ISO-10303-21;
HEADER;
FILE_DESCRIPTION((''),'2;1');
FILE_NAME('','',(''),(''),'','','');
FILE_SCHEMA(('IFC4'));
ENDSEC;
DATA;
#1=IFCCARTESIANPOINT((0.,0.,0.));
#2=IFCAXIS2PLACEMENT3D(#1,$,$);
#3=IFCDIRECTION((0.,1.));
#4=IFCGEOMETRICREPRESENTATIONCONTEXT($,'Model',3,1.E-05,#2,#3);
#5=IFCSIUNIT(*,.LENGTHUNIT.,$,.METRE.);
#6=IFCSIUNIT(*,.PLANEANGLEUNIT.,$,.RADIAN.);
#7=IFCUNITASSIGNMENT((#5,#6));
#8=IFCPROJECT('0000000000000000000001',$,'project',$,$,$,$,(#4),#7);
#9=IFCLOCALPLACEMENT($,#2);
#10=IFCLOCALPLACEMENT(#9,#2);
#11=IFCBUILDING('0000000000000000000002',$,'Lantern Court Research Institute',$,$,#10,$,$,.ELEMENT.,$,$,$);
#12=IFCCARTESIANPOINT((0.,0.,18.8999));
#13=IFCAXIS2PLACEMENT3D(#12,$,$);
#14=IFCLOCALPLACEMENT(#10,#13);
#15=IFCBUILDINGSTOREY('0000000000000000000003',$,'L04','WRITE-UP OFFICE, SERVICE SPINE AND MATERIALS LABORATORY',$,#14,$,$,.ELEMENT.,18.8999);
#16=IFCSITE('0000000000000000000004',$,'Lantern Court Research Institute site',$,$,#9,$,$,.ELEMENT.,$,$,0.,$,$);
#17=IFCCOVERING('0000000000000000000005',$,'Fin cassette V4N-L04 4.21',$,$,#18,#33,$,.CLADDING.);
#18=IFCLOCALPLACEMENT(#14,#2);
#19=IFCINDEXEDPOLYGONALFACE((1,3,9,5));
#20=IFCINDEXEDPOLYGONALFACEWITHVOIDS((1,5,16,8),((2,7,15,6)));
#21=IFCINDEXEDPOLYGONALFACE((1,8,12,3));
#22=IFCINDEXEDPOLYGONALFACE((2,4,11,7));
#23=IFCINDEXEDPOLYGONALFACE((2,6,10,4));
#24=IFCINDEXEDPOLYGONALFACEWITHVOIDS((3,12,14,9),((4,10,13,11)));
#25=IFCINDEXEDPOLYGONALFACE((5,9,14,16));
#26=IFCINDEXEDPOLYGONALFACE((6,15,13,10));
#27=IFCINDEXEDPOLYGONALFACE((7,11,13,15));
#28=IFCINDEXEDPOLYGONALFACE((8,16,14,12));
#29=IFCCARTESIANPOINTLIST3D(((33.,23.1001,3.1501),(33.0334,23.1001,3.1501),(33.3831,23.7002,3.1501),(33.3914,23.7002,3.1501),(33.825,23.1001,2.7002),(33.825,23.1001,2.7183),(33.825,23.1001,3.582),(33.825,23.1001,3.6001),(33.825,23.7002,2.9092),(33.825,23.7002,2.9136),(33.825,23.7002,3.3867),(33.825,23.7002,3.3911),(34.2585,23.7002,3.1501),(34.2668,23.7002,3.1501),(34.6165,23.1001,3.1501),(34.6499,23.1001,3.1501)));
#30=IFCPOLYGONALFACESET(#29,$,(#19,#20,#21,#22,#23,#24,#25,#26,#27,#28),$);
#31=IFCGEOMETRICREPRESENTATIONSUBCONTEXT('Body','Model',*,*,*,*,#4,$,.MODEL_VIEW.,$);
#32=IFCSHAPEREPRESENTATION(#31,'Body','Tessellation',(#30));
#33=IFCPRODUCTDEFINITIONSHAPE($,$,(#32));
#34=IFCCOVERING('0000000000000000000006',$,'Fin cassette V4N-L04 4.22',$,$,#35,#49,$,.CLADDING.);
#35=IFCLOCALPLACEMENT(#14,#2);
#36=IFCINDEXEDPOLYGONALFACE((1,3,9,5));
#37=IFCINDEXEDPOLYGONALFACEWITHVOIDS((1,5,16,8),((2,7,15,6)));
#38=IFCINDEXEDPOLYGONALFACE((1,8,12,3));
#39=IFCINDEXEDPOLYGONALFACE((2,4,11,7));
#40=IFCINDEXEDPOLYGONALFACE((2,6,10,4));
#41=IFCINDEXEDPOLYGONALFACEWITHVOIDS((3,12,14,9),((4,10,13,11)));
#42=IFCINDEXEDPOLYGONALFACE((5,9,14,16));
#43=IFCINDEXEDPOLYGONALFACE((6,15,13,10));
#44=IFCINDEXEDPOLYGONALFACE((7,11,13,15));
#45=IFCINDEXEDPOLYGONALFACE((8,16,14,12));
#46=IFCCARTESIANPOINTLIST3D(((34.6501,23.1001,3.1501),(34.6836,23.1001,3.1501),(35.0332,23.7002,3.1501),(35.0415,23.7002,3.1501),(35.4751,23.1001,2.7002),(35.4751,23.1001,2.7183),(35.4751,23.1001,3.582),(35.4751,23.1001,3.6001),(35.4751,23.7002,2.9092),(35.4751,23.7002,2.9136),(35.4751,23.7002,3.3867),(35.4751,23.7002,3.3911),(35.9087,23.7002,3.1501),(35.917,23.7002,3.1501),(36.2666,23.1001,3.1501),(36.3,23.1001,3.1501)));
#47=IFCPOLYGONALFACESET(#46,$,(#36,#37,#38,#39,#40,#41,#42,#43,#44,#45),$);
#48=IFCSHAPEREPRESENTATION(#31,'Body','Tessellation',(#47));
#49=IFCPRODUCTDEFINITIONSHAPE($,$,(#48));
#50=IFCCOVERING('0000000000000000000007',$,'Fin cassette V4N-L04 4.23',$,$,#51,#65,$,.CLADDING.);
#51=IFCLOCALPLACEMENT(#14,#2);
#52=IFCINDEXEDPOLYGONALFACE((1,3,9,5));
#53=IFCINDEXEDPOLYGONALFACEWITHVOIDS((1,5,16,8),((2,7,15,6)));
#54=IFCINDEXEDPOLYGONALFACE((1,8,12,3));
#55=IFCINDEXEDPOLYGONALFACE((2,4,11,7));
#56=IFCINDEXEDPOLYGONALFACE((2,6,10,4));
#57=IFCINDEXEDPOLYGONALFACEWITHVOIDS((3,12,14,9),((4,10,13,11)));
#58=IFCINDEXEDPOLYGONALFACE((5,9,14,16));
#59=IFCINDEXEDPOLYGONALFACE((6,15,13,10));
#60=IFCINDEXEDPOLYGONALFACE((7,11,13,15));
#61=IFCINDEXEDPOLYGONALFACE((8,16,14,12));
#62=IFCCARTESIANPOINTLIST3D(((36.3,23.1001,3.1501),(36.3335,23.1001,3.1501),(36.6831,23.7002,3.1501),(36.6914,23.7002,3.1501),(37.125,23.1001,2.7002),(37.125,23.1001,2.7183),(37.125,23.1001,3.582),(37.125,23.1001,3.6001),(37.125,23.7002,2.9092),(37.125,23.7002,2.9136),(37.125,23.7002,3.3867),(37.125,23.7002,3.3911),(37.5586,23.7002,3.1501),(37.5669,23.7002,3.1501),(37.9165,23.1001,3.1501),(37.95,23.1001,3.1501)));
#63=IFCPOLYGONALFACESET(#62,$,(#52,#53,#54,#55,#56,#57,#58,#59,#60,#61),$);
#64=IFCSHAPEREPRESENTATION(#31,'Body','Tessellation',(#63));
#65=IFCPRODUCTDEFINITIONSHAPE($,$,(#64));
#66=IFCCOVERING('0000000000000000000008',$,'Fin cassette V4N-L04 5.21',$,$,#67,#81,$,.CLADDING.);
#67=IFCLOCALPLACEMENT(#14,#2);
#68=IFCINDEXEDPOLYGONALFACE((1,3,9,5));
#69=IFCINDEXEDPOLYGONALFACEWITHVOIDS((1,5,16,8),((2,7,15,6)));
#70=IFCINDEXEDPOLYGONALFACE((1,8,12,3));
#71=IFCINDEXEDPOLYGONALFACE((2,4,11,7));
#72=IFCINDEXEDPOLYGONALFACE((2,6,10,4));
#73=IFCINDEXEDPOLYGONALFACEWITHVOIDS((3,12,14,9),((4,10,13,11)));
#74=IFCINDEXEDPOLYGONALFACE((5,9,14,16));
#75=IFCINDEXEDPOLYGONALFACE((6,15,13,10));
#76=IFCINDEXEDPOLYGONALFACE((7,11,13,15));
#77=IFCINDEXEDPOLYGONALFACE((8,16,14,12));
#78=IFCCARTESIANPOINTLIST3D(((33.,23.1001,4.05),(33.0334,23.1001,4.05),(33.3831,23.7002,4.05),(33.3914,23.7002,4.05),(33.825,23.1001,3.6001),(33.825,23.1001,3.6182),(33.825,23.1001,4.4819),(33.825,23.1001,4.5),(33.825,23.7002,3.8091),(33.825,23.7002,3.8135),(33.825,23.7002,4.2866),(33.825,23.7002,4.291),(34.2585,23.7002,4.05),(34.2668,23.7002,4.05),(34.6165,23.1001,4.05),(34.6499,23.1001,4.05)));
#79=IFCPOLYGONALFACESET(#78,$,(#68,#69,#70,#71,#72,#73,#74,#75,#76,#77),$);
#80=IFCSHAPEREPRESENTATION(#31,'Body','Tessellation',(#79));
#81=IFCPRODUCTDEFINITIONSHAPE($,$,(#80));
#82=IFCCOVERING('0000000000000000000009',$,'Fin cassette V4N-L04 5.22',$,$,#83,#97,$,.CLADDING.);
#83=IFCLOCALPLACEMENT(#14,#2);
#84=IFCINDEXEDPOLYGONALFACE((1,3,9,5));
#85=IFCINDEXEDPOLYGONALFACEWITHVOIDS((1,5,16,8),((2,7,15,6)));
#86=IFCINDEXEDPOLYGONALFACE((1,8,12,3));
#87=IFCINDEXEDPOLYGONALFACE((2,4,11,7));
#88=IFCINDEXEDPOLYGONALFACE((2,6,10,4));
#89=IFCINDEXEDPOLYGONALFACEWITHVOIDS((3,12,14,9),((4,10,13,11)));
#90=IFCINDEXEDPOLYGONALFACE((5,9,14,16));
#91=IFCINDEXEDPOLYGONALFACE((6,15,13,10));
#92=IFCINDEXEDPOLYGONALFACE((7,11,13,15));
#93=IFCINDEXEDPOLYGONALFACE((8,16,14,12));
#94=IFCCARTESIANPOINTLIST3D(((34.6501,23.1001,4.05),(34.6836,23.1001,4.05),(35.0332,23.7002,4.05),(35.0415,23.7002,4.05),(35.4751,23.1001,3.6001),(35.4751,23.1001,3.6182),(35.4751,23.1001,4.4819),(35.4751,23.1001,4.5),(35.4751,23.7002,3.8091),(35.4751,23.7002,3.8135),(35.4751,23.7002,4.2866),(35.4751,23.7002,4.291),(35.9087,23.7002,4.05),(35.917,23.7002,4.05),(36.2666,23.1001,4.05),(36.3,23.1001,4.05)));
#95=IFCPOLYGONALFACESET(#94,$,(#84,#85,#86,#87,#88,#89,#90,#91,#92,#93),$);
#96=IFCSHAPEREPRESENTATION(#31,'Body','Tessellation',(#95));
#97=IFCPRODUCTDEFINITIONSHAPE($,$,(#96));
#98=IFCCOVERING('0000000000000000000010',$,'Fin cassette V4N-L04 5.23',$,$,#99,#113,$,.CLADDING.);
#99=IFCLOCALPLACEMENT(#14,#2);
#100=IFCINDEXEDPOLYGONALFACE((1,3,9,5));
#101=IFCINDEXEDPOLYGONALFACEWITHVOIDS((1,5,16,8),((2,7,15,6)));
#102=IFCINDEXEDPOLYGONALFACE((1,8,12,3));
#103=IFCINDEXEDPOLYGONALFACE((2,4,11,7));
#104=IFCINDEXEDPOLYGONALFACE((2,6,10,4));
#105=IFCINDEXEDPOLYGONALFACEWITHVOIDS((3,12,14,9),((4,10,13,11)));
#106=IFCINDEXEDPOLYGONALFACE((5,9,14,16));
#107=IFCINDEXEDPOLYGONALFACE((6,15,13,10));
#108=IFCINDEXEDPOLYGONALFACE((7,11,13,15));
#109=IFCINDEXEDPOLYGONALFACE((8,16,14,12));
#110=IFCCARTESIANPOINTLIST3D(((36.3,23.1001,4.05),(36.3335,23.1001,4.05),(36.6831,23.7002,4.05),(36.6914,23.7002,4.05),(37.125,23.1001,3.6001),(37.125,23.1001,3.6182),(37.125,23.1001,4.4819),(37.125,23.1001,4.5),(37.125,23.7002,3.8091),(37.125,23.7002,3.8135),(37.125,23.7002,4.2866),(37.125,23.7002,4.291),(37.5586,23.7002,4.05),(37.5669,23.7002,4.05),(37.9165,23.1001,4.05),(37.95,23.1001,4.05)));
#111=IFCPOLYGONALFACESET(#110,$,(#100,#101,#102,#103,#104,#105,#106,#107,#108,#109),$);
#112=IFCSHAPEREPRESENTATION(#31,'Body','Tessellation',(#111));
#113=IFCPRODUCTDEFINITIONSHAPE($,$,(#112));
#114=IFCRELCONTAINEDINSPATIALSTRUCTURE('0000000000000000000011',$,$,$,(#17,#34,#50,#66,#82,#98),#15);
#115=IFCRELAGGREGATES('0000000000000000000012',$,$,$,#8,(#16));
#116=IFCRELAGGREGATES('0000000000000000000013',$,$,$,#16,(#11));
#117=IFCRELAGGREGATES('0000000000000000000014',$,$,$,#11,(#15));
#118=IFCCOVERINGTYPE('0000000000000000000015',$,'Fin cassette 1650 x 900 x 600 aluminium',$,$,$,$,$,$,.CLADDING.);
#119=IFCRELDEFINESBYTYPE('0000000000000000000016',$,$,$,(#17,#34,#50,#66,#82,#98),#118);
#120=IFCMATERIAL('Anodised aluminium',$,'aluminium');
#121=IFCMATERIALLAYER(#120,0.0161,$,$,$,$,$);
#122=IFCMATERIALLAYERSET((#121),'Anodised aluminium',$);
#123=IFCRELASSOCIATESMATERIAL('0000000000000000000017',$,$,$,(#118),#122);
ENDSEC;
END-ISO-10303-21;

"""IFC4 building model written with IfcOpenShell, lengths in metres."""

from ifc_helpers import new_model, entity, si_unit, direction, frame, origin, place, context, subcontext, project, spatial, material, layer, layer_set, type_object, element, save


model = new_model("IFC4")

# Units and contexts
model_context = context("Model", 3, precision=1e-05, world=origin(), true_north=direction((0.0, 1.0)))
body_context = subcontext(model_context, "Body", "Model", "MODEL_VIEW")
ifc_project = project(units=[si_unit("LENGTHUNIT", "METRE"), si_unit("PLANEANGLEUNIT", "RADIAN")], contexts=[model_context])

# Site, building, storey
site_placement = place(None, origin())
site = spatial("IfcSite", under=ifc_project, at=site_placement, Name="Lantern Court Research Institute site", CompositionType="ELEMENT", RefElevation=0.0)
building_placement = place(site_placement, origin())
building = spatial("IfcBuilding", under=site, at=building_placement, Name="Lantern Court Research Institute", CompositionType="ELEMENT")
storey_placement = place(building_placement, frame((0.0, 0.0, 18.8999)))
storey = spatial("IfcBuildingStorey", under=building, at=storey_placement, Name="L04", Description="WRITE-UP OFFICE, SERVICE SPINE AND MATERIALS LABORATORY", CompositionType="ELEMENT", Elevation=18.8999)

# Coverings
ifc_material_1 = material(Name="Anodised aluminium", Category="aluminium")
ifc_layer_1 = layer(ifc_material_1, 0.0161)
ifc_layer_set_1 = layer_set([ifc_layer_1], Name="Anodised aluminium")
covering_type = type_object("IfcCoveringType", Name="Fin cassette 1650 x 900 x 600 aluminium", PredefinedType="CLADDING", material=ifc_layer_set_1)
covering_1_placement = place(storey_placement, frame((33.825, 23.1001, 3.1501), z_axis=(0.0, 1.0, 0.0), x_axis=(-1.0, 0.0, 0.0)))
cartesian_point_1 = entity("IfcCartesianPoint", [0.825, 0.0])
cartesian_point_2 = entity("IfcCartesianPoint", [0.7915, 0.0])
cartesian_point_3 = entity("IfcCartesianPoint", [0.4419, 0.0])
cartesian_point_4 = entity("IfcCartesianPoint", [0.4336, 0.0])
element("IfcCovering", 1, at=covering_1_placement, inside=storey, type_object=covering_type, Name="Fin cassette V4N-L04 4.21", PredefinedType="CLADDING", context=body_context, shape_type="SweptSolid", body=[
    entity("IfcExtrudedAreaSolidTapered", entity("IfcArbitraryProfileDefWithVoids", "AREA", None, entity("IfcPolyline", [cartesian_point_1, entity("IfcCartesianPoint", [0.0, 0.45]), entity("IfcCartesianPoint", [-0.825, 0.0]), entity("IfcCartesianPoint", [0.0, -0.45]), cartesian_point_1]), [entity("IfcPolyline", [cartesian_point_2, entity("IfcCartesianPoint", [0.0, 0.4319]), entity("IfcCartesianPoint", [-0.7915, 0.0]), entity("IfcCartesianPoint", [0.0, -0.4319]), cartesian_point_2])]), entity("IfcAxis2Placement3D", entity("IfcCartesianPoint", [0.0, 0.0, 0.0])), entity("IfcDirection", [0.0, 0.0, 1.0]), 0.6001, entity("IfcArbitraryProfileDefWithVoids", "AREA", None, entity("IfcPolyline", [cartesian_point_3, entity("IfcCartesianPoint", [0.0, 0.241]), entity("IfcCartesianPoint", [-0.4419, 0.0]), entity("IfcCartesianPoint", [0.0, -0.241]), cartesian_point_3]), [entity("IfcPolyline", [cartesian_point_4, entity("IfcCartesianPoint", [0.0, 0.2366]), entity("IfcCartesianPoint", [-0.4336, 0.0]), entity("IfcCartesianPoint", [0.0, -0.2366]), cartesian_point_4])])),
])
covering_2_placement = place(storey_placement, frame((35.4751, 23.1001, 3.1501), z_axis=(0.0, 1.0, 0.0), x_axis=(-1.0, 0.0, 0.0)))
cartesian_point_5 = entity("IfcCartesianPoint", [0.825, 0.0])
cartesian_point_6 = entity("IfcCartesianPoint", [0.7915, 0.0])
cartesian_point_7 = entity("IfcCartesianPoint", [0.4419, 0.0])
cartesian_point_8 = entity("IfcCartesianPoint", [0.4336, 0.0])
element("IfcCovering", 2, at=covering_2_placement, inside=storey, type_object=covering_type, Name="Fin cassette V4N-L04 4.22", PredefinedType="CLADDING", context=body_context, shape_type="SweptSolid", body=[
    entity("IfcExtrudedAreaSolidTapered", entity("IfcArbitraryProfileDefWithVoids", "AREA", None, entity("IfcPolyline", [cartesian_point_5, entity("IfcCartesianPoint", [0.0, 0.45]), entity("IfcCartesianPoint", [-0.825, 0.0]), entity("IfcCartesianPoint", [0.0, -0.45]), cartesian_point_5]), [entity("IfcPolyline", [cartesian_point_6, entity("IfcCartesianPoint", [0.0, 0.4319]), entity("IfcCartesianPoint", [-0.7915, 0.0]), entity("IfcCartesianPoint", [0.0, -0.4319]), cartesian_point_6])]), entity("IfcAxis2Placement3D", entity("IfcCartesianPoint", [0.0, 0.0, 0.0])), entity("IfcDirection", [0.0, 0.0, 1.0]), 0.6001, entity("IfcArbitraryProfileDefWithVoids", "AREA", None, entity("IfcPolyline", [cartesian_point_7, entity("IfcCartesianPoint", [0.0, 0.241]), entity("IfcCartesianPoint", [-0.4419, 0.0]), entity("IfcCartesianPoint", [0.0, -0.241]), cartesian_point_7]), [entity("IfcPolyline", [cartesian_point_8, entity("IfcCartesianPoint", [0.0, 0.2366]), entity("IfcCartesianPoint", [-0.4336, 0.0]), entity("IfcCartesianPoint", [0.0, -0.2366]), cartesian_point_8])])),
])
covering_3_placement = place(storey_placement, frame((37.125, 23.1001, 3.1501), z_axis=(0.0, 1.0, 0.0), x_axis=(-1.0, 0.0, 0.0)))
cartesian_point_9 = entity("IfcCartesianPoint", [0.825, 0.0])
cartesian_point_10 = entity("IfcCartesianPoint", [0.7915, 0.0])
cartesian_point_11 = entity("IfcCartesianPoint", [0.4419, 0.0])
cartesian_point_12 = entity("IfcCartesianPoint", [0.4336, 0.0])
element("IfcCovering", 3, at=covering_3_placement, inside=storey, type_object=covering_type, Name="Fin cassette V4N-L04 4.23", PredefinedType="CLADDING", context=body_context, shape_type="SweptSolid", body=[
    entity("IfcExtrudedAreaSolidTapered", entity("IfcArbitraryProfileDefWithVoids", "AREA", None, entity("IfcPolyline", [cartesian_point_9, entity("IfcCartesianPoint", [0.0, 0.45]), entity("IfcCartesianPoint", [-0.825, 0.0]), entity("IfcCartesianPoint", [0.0, -0.45]), cartesian_point_9]), [entity("IfcPolyline", [cartesian_point_10, entity("IfcCartesianPoint", [0.0, 0.4319]), entity("IfcCartesianPoint", [-0.7915, 0.0]), entity("IfcCartesianPoint", [0.0, -0.4319]), cartesian_point_10])]), entity("IfcAxis2Placement3D", entity("IfcCartesianPoint", [0.0, 0.0, 0.0])), entity("IfcDirection", [0.0, 0.0, 1.0]), 0.6001, entity("IfcArbitraryProfileDefWithVoids", "AREA", None, entity("IfcPolyline", [cartesian_point_11, entity("IfcCartesianPoint", [0.0, 0.241]), entity("IfcCartesianPoint", [-0.4419, 0.0]), entity("IfcCartesianPoint", [0.0, -0.241]), cartesian_point_11]), [entity("IfcPolyline", [cartesian_point_12, entity("IfcCartesianPoint", [0.0, 0.2366]), entity("IfcCartesianPoint", [-0.4336, 0.0]), entity("IfcCartesianPoint", [0.0, -0.2366]), cartesian_point_12])])),
])
covering_4_placement = place(storey_placement, frame((33.825, 23.1001, 4.05), z_axis=(0.0, 1.0, 0.0), x_axis=(-1.0, 0.0, 0.0)))
cartesian_point_13 = entity("IfcCartesianPoint", [0.825, 0.0])
cartesian_point_14 = entity("IfcCartesianPoint", [0.7915, 0.0])
cartesian_point_15 = entity("IfcCartesianPoint", [0.4419, 0.0])
cartesian_point_16 = entity("IfcCartesianPoint", [0.4336, 0.0])
element("IfcCovering", 4, at=covering_4_placement, inside=storey, type_object=covering_type, Name="Fin cassette V4N-L04 5.21", PredefinedType="CLADDING", context=body_context, shape_type="SweptSolid", body=[
    entity("IfcExtrudedAreaSolidTapered", entity("IfcArbitraryProfileDefWithVoids", "AREA", None, entity("IfcPolyline", [cartesian_point_13, entity("IfcCartesianPoint", [0.0, 0.45]), entity("IfcCartesianPoint", [-0.825, 0.0]), entity("IfcCartesianPoint", [0.0, -0.45]), cartesian_point_13]), [entity("IfcPolyline", [cartesian_point_14, entity("IfcCartesianPoint", [0.0, 0.4319]), entity("IfcCartesianPoint", [-0.7915, 0.0]), entity("IfcCartesianPoint", [0.0, -0.4319]), cartesian_point_14])]), entity("IfcAxis2Placement3D", entity("IfcCartesianPoint", [0.0, 0.0, 0.0])), entity("IfcDirection", [0.0, 0.0, 1.0]), 0.6001, entity("IfcArbitraryProfileDefWithVoids", "AREA", None, entity("IfcPolyline", [cartesian_point_15, entity("IfcCartesianPoint", [0.0, 0.241]), entity("IfcCartesianPoint", [-0.4419, 0.0]), entity("IfcCartesianPoint", [0.0, -0.241]), cartesian_point_15]), [entity("IfcPolyline", [cartesian_point_16, entity("IfcCartesianPoint", [0.0, 0.2366]), entity("IfcCartesianPoint", [-0.4336, 0.0]), entity("IfcCartesianPoint", [0.0, -0.2366]), cartesian_point_16])])),
])
covering_5_placement = place(storey_placement, frame((35.4751, 23.1001, 4.05), z_axis=(0.0, 1.0, 0.0), x_axis=(-1.0, 0.0, 0.0)))
cartesian_point_17 = entity("IfcCartesianPoint", [0.825, 0.0])
cartesian_point_18 = entity("IfcCartesianPoint", [0.7915, 0.0])
cartesian_point_19 = entity("IfcCartesianPoint", [0.4419, 0.0])
cartesian_point_20 = entity("IfcCartesianPoint", [0.4336, 0.0])
element("IfcCovering", 5, at=covering_5_placement, inside=storey, type_object=covering_type, Name="Fin cassette V4N-L04 5.22", PredefinedType="CLADDING", context=body_context, shape_type="SweptSolid", body=[
    entity("IfcExtrudedAreaSolidTapered", entity("IfcArbitraryProfileDefWithVoids", "AREA", None, entity("IfcPolyline", [cartesian_point_17, entity("IfcCartesianPoint", [0.0, 0.45]), entity("IfcCartesianPoint", [-0.825, 0.0]), entity("IfcCartesianPoint", [0.0, -0.45]), cartesian_point_17]), [entity("IfcPolyline", [cartesian_point_18, entity("IfcCartesianPoint", [0.0, 0.4319]), entity("IfcCartesianPoint", [-0.7915, 0.0]), entity("IfcCartesianPoint", [0.0, -0.4319]), cartesian_point_18])]), entity("IfcAxis2Placement3D", entity("IfcCartesianPoint", [0.0, 0.0, 0.0])), entity("IfcDirection", [0.0, 0.0, 1.0]), 0.6001, entity("IfcArbitraryProfileDefWithVoids", "AREA", None, entity("IfcPolyline", [cartesian_point_19, entity("IfcCartesianPoint", [0.0, 0.241]), entity("IfcCartesianPoint", [-0.4419, 0.0]), entity("IfcCartesianPoint", [0.0, -0.241]), cartesian_point_19]), [entity("IfcPolyline", [cartesian_point_20, entity("IfcCartesianPoint", [0.0, 0.2366]), entity("IfcCartesianPoint", [-0.4336, 0.0]), entity("IfcCartesianPoint", [0.0, -0.2366]), cartesian_point_20])])),
])
covering_6_placement = place(storey_placement, frame((37.125, 23.1001, 4.05), z_axis=(0.0, 1.0, 0.0), x_axis=(-1.0, 0.0, 0.0)))
cartesian_point_21 = entity("IfcCartesianPoint", [0.825, 0.0])
cartesian_point_22 = entity("IfcCartesianPoint", [0.7915, 0.0])
cartesian_point_23 = entity("IfcCartesianPoint", [0.4419, 0.0])
cartesian_point_24 = entity("IfcCartesianPoint", [0.4336, 0.0])
element("IfcCovering", 6, at=covering_6_placement, inside=storey, type_object=covering_type, Name="Fin cassette V4N-L04 5.23", PredefinedType="CLADDING", context=body_context, shape_type="SweptSolid", body=[
    entity("IfcExtrudedAreaSolidTapered", entity("IfcArbitraryProfileDefWithVoids", "AREA", None, entity("IfcPolyline", [cartesian_point_21, entity("IfcCartesianPoint", [0.0, 0.45]), entity("IfcCartesianPoint", [-0.825, 0.0]), entity("IfcCartesianPoint", [0.0, -0.45]), cartesian_point_21]), [entity("IfcPolyline", [cartesian_point_22, entity("IfcCartesianPoint", [0.0, 0.4319]), entity("IfcCartesianPoint", [-0.7915, 0.0]), entity("IfcCartesianPoint", [0.0, -0.4319]), cartesian_point_22])]), entity("IfcAxis2Placement3D", entity("IfcCartesianPoint", [0.0, 0.0, 0.0])), entity("IfcDirection", [0.0, 0.0, 1.0]), 0.6001, entity("IfcArbitraryProfileDefWithVoids", "AREA", None, entity("IfcPolyline", [cartesian_point_23, entity("IfcCartesianPoint", [0.0, 0.241]), entity("IfcCartesianPoint", [-0.4419, 0.0]), entity("IfcCartesianPoint", [0.0, -0.241]), cartesian_point_23]), [entity("IfcPolyline", [cartesian_point_24, entity("IfcCartesianPoint", [0.0, 0.2366]), entity("IfcCartesianPoint", [-0.4336, 0.0]), entity("IfcCartesianPoint", [0.0, -0.2366]), cartesian_point_24])])),
])

save(model, "model.ifc")
